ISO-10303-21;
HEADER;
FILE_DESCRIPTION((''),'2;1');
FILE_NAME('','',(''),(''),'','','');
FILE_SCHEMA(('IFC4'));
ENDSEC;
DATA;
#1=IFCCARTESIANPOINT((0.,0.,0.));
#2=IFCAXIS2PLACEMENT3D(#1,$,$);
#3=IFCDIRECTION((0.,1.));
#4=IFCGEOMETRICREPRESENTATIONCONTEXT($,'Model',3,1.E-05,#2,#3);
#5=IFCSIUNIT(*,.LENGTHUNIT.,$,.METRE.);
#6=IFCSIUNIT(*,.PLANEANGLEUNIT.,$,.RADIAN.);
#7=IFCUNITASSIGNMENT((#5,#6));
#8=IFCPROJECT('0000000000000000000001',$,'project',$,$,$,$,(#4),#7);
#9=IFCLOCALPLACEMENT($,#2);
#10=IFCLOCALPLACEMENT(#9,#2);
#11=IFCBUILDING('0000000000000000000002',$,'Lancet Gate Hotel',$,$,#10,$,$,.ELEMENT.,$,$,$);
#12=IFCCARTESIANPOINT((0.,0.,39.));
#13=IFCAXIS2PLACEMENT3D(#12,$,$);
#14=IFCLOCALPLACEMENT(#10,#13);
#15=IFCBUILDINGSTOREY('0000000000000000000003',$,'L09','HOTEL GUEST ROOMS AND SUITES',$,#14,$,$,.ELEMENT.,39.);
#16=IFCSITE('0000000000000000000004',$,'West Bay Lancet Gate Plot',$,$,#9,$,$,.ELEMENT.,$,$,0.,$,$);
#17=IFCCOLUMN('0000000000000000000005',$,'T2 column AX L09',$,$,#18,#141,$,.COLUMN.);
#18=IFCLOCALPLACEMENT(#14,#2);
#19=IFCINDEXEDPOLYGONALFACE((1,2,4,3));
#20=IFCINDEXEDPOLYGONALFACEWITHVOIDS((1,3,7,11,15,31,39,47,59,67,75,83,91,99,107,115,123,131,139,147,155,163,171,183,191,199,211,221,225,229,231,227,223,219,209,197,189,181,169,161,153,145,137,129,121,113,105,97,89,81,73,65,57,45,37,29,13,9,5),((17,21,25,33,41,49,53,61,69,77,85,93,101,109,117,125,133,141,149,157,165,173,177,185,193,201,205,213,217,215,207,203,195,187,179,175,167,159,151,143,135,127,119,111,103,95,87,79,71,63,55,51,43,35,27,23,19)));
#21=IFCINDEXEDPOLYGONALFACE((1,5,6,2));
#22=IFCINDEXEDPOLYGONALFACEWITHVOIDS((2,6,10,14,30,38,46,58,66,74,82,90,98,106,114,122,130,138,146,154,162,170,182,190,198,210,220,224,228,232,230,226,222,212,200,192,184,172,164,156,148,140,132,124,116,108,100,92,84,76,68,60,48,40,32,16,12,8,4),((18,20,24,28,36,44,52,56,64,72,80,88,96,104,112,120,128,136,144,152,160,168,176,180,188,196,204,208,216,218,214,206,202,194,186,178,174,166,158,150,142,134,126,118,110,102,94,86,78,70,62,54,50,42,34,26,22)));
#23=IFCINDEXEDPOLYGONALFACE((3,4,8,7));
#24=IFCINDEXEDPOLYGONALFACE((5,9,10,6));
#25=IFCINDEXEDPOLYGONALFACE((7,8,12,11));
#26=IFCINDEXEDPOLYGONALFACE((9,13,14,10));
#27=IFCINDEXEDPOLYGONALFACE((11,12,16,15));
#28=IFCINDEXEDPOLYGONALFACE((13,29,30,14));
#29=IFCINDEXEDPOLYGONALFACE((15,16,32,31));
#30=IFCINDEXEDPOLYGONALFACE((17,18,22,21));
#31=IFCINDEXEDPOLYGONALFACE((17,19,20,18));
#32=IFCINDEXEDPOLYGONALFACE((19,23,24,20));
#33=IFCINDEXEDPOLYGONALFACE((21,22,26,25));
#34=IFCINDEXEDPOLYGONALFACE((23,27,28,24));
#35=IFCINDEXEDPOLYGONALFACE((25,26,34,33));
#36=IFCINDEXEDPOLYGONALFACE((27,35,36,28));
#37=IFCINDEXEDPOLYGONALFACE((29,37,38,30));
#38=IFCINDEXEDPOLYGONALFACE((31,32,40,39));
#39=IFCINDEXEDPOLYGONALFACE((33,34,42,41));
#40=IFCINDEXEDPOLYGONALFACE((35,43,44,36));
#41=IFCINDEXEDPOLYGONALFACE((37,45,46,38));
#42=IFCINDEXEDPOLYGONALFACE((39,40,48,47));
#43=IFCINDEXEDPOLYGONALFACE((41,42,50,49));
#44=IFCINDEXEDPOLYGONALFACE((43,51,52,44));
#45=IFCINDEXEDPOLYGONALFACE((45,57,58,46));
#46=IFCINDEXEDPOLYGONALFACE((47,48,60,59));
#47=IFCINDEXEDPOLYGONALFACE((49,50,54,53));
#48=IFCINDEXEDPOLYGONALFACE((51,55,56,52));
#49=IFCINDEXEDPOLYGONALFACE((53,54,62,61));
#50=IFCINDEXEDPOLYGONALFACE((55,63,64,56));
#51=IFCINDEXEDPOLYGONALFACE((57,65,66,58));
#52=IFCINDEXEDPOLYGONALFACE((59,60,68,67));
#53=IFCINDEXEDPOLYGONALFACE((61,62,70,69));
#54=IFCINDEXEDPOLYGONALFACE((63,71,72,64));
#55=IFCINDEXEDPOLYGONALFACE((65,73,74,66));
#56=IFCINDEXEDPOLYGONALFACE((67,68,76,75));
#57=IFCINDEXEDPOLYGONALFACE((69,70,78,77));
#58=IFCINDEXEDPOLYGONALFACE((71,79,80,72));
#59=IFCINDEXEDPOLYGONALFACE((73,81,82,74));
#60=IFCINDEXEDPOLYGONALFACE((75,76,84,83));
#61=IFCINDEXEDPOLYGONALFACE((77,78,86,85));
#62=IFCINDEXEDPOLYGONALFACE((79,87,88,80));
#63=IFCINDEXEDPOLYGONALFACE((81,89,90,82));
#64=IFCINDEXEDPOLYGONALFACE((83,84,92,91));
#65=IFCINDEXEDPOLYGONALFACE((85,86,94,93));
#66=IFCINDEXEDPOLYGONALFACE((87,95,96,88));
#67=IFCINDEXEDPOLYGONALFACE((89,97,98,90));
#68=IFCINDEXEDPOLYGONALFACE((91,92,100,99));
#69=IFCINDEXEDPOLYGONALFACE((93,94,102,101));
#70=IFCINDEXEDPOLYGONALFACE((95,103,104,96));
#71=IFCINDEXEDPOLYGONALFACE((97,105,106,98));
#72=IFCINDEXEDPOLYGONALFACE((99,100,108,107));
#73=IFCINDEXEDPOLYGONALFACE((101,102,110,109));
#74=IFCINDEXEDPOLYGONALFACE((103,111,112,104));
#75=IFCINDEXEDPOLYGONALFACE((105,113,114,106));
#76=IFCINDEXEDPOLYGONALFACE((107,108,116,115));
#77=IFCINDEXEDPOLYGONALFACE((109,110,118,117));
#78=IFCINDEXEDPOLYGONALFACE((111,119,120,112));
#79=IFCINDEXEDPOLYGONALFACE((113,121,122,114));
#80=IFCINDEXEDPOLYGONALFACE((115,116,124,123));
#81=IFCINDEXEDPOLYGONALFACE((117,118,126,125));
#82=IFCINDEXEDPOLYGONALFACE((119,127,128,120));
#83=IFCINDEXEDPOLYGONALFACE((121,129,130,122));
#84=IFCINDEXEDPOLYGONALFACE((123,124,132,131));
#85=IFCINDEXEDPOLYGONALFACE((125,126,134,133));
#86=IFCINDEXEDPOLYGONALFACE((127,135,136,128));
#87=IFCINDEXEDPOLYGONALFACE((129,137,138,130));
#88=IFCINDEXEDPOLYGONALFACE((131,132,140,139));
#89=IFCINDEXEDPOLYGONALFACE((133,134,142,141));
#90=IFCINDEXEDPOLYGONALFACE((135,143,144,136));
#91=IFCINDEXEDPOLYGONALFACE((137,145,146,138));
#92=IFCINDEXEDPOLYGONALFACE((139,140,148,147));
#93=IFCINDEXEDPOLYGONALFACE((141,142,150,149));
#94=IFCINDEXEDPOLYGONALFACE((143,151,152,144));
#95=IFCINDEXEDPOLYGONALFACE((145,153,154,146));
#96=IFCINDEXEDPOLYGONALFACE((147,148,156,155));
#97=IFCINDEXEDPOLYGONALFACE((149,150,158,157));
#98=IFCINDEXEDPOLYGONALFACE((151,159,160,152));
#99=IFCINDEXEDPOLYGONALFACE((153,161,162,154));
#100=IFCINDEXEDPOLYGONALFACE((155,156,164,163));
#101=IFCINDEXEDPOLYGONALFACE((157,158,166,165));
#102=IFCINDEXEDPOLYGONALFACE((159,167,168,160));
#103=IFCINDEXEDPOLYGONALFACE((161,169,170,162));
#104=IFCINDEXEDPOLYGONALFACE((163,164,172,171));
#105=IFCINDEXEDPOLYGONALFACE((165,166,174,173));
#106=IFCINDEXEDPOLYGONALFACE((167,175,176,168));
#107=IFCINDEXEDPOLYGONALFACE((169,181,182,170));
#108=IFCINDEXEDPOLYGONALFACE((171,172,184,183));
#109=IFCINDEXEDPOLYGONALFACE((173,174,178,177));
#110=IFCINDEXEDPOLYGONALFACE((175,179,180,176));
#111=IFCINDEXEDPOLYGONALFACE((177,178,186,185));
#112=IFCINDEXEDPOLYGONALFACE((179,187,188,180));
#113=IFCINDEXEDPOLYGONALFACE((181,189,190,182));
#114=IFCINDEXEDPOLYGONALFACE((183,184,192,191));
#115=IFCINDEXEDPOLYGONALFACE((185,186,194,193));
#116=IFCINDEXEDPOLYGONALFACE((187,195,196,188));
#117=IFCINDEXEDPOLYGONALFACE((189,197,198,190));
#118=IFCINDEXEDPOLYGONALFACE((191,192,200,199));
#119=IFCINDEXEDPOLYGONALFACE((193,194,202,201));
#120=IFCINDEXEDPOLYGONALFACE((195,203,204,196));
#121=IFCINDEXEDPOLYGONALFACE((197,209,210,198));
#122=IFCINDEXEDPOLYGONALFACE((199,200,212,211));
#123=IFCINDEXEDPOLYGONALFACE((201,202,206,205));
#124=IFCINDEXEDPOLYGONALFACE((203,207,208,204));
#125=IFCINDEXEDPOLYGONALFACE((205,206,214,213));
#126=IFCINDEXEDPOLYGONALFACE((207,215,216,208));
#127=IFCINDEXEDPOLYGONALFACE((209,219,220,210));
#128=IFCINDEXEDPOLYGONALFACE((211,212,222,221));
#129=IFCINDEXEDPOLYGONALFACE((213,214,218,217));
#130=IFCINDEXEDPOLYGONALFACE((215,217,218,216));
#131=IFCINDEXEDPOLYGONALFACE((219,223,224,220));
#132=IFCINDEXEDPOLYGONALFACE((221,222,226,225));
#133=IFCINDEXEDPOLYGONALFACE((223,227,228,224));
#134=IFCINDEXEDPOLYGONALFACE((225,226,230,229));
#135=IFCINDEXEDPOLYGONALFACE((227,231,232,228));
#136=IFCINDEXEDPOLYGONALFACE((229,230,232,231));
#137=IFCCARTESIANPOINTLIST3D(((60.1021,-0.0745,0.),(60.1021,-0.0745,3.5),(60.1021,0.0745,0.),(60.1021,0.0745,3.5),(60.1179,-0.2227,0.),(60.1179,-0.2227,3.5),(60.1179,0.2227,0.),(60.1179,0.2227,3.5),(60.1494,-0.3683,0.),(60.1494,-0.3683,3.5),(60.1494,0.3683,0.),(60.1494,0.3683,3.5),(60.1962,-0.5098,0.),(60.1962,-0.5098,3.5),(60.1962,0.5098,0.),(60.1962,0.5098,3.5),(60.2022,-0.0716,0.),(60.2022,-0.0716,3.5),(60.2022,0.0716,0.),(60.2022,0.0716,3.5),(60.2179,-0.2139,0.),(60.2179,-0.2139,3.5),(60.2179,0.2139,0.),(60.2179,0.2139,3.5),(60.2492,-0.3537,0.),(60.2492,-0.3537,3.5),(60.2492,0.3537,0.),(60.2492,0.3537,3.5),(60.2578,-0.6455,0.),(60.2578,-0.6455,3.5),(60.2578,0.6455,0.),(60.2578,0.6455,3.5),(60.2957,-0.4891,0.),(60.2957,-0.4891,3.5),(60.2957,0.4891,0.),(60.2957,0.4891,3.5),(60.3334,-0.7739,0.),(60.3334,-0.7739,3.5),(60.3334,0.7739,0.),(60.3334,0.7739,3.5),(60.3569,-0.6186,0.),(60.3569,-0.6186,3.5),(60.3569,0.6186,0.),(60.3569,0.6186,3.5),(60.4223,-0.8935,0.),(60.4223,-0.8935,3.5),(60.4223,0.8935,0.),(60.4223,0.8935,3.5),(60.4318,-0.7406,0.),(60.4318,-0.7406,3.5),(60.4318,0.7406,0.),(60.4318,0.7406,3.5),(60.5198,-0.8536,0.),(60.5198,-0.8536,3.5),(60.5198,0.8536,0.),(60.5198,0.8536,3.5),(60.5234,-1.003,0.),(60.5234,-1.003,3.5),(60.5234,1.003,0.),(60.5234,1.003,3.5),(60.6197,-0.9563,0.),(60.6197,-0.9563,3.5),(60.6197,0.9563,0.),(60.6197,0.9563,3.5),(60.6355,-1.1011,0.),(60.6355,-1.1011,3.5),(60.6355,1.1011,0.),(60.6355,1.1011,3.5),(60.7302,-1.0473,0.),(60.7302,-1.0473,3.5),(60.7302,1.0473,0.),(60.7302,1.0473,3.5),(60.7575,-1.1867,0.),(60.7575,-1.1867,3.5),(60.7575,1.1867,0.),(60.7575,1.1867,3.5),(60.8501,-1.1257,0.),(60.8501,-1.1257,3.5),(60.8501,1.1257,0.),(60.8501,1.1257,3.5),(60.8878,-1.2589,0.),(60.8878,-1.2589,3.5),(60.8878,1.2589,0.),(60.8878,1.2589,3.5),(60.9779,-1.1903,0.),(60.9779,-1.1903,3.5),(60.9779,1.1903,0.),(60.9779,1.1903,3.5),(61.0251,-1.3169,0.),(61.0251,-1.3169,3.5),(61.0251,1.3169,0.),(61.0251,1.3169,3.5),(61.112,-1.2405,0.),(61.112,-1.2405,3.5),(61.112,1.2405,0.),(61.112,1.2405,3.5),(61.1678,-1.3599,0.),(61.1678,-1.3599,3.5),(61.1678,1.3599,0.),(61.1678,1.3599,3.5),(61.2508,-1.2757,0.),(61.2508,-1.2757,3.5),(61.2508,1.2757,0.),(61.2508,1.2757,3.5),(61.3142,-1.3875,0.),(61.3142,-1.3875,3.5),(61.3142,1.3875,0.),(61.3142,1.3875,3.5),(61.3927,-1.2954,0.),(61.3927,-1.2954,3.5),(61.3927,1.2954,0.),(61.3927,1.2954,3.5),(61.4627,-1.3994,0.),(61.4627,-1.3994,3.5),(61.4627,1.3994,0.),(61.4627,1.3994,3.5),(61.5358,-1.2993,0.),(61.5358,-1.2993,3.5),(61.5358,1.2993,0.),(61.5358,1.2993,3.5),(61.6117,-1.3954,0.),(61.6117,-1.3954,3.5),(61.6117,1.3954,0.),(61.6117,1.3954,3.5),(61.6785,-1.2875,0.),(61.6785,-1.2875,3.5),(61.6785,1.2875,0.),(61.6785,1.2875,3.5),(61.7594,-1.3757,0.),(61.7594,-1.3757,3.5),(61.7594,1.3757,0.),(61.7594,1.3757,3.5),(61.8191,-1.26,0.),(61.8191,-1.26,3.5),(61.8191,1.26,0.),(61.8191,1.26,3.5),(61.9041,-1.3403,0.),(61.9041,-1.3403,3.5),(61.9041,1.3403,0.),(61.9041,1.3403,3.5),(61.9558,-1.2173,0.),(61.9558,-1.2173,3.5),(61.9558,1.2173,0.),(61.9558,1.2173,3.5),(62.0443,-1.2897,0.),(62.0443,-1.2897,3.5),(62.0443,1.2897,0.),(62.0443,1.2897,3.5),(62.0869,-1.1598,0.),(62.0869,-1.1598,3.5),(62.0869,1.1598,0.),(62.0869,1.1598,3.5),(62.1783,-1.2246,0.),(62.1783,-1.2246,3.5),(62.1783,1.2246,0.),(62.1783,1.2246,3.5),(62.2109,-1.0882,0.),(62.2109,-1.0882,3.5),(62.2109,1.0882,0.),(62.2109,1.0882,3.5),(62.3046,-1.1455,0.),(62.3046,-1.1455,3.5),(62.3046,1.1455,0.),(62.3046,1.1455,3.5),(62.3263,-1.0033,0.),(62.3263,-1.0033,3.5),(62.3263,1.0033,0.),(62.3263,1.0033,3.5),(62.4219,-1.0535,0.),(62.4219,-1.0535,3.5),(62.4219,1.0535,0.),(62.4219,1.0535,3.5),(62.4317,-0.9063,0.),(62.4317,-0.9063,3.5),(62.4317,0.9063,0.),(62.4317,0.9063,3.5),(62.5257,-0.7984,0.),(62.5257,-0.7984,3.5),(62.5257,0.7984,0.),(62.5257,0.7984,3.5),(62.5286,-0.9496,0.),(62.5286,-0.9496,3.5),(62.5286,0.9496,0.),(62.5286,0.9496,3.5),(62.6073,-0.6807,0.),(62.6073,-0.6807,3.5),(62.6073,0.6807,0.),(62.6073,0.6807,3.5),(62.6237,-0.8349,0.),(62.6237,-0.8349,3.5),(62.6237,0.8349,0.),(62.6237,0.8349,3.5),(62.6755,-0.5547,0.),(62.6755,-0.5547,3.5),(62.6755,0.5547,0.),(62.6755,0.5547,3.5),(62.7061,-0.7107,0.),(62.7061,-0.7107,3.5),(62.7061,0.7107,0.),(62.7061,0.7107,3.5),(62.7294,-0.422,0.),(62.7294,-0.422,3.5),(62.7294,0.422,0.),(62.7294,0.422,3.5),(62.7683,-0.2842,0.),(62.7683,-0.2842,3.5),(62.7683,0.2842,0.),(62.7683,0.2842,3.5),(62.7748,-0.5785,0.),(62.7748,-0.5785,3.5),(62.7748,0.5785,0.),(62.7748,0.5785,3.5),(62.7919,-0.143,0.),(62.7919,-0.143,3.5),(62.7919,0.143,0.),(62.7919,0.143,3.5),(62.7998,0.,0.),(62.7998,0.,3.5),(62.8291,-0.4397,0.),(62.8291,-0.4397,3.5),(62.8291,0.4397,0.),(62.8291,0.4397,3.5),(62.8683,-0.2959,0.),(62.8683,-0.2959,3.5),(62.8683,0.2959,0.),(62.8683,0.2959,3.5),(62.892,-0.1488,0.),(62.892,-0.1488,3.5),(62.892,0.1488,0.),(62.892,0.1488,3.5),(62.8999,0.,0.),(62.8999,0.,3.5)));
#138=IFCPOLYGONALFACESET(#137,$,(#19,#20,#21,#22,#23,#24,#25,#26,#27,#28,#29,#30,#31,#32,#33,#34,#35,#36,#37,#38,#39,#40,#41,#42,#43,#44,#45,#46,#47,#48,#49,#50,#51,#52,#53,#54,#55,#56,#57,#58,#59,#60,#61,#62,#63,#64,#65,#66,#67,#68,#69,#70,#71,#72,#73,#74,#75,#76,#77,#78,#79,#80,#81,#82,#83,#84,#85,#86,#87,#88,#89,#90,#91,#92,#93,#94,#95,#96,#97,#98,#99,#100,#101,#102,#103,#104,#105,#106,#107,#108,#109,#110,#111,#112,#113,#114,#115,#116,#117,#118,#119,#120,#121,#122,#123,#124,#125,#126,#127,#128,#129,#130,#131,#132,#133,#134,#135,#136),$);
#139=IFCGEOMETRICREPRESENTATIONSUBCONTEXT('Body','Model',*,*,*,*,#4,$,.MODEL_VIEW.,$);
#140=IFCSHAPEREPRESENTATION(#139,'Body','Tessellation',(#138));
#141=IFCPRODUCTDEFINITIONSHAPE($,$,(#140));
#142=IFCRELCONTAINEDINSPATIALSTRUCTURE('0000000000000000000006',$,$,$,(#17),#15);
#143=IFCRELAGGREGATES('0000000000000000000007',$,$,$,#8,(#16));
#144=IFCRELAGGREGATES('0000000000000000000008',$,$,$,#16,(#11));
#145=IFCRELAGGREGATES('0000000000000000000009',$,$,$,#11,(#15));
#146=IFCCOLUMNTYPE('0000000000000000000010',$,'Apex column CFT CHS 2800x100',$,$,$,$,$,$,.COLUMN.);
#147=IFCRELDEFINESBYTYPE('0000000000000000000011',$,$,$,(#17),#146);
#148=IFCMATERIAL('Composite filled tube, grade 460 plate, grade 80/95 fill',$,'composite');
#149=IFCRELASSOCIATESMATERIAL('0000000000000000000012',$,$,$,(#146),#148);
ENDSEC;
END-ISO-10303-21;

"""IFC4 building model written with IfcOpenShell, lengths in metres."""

from ifc_helpers import new_model, si_unit, direction, frame, origin, origin_2d, place, context, subcontext, project, spatial, hollow_circle, extrude, material, material_profile, profile_set, type_object, element, save


model = new_model("IFC4")

# Units and contexts
model_context = context("Model", 3, precision=1e-05, world=origin(), true_north=direction((0.0, 1.0)))
body_context = subcontext(model_context, "Body", "Model", "MODEL_VIEW")
ifc_project = project(units=[si_unit("LENGTHUNIT", "METRE"), si_unit("PLANEANGLEUNIT", "RADIAN")], contexts=[model_context])

# Site, building, storey
site_placement = place(None, origin())
site = spatial("IfcSite", under=ifc_project, at=site_placement, Name="West Bay Lancet Gate Plot", CompositionType="ELEMENT", RefElevation=0.0)
building_placement = place(site_placement, origin())
building = spatial("IfcBuilding", under=site, at=building_placement, Name="Lancet Gate Hotel", CompositionType="ELEMENT")
storey_placement = place(building_placement, frame((0.0, 0.0, 39.0)))
storey = spatial("IfcBuildingStorey", under=building, at=storey_placement, Name="L09", Description="HOTEL GUEST ROOMS AND SUITES", CompositionType="ELEMENT", Elevation=39.0)

# Column
ifc_material_1 = material(Name="Composite filled tube, grade 460 plate, grade 80/95 fill", Category="composite")
ifc_material_profile_1 = material_profile(ifc_material_1, hollow_circle(Radius=1.3999, WallThickness=0.1001, at=origin_2d()), Name="CHS 2800x100")
ifc_profile_set_1 = profile_set([ifc_material_profile_1], Name="Composite filled tube, grade 460 plate, grade 80/95 fill")
column_type_1 = type_object("IfcColumnType", Name="Apex column CFT CHS 2800x100", PredefinedType="COLUMN", material=ifc_profile_set_1)
column_1_placement = place(storey_placement, frame((61.5, 0.0, 0.0), z_axis=(0.0, 0.0, 1.0), x_axis=(1.0, 0.0, 0.0)))
element("IfcColumn", 1, at=column_1_placement, inside=storey, type_object=column_type_1, Name="T2 column AX L09", PredefinedType="COLUMN", context=body_context, shape_type="SweptSolid", body=[
    extrude(hollow_circle(Radius=1.3999, WallThickness=0.1001, at=origin_2d()), origin(), (0.0, 0.0, 1.0), 3.5),
])

save(model, "model.ifc")
